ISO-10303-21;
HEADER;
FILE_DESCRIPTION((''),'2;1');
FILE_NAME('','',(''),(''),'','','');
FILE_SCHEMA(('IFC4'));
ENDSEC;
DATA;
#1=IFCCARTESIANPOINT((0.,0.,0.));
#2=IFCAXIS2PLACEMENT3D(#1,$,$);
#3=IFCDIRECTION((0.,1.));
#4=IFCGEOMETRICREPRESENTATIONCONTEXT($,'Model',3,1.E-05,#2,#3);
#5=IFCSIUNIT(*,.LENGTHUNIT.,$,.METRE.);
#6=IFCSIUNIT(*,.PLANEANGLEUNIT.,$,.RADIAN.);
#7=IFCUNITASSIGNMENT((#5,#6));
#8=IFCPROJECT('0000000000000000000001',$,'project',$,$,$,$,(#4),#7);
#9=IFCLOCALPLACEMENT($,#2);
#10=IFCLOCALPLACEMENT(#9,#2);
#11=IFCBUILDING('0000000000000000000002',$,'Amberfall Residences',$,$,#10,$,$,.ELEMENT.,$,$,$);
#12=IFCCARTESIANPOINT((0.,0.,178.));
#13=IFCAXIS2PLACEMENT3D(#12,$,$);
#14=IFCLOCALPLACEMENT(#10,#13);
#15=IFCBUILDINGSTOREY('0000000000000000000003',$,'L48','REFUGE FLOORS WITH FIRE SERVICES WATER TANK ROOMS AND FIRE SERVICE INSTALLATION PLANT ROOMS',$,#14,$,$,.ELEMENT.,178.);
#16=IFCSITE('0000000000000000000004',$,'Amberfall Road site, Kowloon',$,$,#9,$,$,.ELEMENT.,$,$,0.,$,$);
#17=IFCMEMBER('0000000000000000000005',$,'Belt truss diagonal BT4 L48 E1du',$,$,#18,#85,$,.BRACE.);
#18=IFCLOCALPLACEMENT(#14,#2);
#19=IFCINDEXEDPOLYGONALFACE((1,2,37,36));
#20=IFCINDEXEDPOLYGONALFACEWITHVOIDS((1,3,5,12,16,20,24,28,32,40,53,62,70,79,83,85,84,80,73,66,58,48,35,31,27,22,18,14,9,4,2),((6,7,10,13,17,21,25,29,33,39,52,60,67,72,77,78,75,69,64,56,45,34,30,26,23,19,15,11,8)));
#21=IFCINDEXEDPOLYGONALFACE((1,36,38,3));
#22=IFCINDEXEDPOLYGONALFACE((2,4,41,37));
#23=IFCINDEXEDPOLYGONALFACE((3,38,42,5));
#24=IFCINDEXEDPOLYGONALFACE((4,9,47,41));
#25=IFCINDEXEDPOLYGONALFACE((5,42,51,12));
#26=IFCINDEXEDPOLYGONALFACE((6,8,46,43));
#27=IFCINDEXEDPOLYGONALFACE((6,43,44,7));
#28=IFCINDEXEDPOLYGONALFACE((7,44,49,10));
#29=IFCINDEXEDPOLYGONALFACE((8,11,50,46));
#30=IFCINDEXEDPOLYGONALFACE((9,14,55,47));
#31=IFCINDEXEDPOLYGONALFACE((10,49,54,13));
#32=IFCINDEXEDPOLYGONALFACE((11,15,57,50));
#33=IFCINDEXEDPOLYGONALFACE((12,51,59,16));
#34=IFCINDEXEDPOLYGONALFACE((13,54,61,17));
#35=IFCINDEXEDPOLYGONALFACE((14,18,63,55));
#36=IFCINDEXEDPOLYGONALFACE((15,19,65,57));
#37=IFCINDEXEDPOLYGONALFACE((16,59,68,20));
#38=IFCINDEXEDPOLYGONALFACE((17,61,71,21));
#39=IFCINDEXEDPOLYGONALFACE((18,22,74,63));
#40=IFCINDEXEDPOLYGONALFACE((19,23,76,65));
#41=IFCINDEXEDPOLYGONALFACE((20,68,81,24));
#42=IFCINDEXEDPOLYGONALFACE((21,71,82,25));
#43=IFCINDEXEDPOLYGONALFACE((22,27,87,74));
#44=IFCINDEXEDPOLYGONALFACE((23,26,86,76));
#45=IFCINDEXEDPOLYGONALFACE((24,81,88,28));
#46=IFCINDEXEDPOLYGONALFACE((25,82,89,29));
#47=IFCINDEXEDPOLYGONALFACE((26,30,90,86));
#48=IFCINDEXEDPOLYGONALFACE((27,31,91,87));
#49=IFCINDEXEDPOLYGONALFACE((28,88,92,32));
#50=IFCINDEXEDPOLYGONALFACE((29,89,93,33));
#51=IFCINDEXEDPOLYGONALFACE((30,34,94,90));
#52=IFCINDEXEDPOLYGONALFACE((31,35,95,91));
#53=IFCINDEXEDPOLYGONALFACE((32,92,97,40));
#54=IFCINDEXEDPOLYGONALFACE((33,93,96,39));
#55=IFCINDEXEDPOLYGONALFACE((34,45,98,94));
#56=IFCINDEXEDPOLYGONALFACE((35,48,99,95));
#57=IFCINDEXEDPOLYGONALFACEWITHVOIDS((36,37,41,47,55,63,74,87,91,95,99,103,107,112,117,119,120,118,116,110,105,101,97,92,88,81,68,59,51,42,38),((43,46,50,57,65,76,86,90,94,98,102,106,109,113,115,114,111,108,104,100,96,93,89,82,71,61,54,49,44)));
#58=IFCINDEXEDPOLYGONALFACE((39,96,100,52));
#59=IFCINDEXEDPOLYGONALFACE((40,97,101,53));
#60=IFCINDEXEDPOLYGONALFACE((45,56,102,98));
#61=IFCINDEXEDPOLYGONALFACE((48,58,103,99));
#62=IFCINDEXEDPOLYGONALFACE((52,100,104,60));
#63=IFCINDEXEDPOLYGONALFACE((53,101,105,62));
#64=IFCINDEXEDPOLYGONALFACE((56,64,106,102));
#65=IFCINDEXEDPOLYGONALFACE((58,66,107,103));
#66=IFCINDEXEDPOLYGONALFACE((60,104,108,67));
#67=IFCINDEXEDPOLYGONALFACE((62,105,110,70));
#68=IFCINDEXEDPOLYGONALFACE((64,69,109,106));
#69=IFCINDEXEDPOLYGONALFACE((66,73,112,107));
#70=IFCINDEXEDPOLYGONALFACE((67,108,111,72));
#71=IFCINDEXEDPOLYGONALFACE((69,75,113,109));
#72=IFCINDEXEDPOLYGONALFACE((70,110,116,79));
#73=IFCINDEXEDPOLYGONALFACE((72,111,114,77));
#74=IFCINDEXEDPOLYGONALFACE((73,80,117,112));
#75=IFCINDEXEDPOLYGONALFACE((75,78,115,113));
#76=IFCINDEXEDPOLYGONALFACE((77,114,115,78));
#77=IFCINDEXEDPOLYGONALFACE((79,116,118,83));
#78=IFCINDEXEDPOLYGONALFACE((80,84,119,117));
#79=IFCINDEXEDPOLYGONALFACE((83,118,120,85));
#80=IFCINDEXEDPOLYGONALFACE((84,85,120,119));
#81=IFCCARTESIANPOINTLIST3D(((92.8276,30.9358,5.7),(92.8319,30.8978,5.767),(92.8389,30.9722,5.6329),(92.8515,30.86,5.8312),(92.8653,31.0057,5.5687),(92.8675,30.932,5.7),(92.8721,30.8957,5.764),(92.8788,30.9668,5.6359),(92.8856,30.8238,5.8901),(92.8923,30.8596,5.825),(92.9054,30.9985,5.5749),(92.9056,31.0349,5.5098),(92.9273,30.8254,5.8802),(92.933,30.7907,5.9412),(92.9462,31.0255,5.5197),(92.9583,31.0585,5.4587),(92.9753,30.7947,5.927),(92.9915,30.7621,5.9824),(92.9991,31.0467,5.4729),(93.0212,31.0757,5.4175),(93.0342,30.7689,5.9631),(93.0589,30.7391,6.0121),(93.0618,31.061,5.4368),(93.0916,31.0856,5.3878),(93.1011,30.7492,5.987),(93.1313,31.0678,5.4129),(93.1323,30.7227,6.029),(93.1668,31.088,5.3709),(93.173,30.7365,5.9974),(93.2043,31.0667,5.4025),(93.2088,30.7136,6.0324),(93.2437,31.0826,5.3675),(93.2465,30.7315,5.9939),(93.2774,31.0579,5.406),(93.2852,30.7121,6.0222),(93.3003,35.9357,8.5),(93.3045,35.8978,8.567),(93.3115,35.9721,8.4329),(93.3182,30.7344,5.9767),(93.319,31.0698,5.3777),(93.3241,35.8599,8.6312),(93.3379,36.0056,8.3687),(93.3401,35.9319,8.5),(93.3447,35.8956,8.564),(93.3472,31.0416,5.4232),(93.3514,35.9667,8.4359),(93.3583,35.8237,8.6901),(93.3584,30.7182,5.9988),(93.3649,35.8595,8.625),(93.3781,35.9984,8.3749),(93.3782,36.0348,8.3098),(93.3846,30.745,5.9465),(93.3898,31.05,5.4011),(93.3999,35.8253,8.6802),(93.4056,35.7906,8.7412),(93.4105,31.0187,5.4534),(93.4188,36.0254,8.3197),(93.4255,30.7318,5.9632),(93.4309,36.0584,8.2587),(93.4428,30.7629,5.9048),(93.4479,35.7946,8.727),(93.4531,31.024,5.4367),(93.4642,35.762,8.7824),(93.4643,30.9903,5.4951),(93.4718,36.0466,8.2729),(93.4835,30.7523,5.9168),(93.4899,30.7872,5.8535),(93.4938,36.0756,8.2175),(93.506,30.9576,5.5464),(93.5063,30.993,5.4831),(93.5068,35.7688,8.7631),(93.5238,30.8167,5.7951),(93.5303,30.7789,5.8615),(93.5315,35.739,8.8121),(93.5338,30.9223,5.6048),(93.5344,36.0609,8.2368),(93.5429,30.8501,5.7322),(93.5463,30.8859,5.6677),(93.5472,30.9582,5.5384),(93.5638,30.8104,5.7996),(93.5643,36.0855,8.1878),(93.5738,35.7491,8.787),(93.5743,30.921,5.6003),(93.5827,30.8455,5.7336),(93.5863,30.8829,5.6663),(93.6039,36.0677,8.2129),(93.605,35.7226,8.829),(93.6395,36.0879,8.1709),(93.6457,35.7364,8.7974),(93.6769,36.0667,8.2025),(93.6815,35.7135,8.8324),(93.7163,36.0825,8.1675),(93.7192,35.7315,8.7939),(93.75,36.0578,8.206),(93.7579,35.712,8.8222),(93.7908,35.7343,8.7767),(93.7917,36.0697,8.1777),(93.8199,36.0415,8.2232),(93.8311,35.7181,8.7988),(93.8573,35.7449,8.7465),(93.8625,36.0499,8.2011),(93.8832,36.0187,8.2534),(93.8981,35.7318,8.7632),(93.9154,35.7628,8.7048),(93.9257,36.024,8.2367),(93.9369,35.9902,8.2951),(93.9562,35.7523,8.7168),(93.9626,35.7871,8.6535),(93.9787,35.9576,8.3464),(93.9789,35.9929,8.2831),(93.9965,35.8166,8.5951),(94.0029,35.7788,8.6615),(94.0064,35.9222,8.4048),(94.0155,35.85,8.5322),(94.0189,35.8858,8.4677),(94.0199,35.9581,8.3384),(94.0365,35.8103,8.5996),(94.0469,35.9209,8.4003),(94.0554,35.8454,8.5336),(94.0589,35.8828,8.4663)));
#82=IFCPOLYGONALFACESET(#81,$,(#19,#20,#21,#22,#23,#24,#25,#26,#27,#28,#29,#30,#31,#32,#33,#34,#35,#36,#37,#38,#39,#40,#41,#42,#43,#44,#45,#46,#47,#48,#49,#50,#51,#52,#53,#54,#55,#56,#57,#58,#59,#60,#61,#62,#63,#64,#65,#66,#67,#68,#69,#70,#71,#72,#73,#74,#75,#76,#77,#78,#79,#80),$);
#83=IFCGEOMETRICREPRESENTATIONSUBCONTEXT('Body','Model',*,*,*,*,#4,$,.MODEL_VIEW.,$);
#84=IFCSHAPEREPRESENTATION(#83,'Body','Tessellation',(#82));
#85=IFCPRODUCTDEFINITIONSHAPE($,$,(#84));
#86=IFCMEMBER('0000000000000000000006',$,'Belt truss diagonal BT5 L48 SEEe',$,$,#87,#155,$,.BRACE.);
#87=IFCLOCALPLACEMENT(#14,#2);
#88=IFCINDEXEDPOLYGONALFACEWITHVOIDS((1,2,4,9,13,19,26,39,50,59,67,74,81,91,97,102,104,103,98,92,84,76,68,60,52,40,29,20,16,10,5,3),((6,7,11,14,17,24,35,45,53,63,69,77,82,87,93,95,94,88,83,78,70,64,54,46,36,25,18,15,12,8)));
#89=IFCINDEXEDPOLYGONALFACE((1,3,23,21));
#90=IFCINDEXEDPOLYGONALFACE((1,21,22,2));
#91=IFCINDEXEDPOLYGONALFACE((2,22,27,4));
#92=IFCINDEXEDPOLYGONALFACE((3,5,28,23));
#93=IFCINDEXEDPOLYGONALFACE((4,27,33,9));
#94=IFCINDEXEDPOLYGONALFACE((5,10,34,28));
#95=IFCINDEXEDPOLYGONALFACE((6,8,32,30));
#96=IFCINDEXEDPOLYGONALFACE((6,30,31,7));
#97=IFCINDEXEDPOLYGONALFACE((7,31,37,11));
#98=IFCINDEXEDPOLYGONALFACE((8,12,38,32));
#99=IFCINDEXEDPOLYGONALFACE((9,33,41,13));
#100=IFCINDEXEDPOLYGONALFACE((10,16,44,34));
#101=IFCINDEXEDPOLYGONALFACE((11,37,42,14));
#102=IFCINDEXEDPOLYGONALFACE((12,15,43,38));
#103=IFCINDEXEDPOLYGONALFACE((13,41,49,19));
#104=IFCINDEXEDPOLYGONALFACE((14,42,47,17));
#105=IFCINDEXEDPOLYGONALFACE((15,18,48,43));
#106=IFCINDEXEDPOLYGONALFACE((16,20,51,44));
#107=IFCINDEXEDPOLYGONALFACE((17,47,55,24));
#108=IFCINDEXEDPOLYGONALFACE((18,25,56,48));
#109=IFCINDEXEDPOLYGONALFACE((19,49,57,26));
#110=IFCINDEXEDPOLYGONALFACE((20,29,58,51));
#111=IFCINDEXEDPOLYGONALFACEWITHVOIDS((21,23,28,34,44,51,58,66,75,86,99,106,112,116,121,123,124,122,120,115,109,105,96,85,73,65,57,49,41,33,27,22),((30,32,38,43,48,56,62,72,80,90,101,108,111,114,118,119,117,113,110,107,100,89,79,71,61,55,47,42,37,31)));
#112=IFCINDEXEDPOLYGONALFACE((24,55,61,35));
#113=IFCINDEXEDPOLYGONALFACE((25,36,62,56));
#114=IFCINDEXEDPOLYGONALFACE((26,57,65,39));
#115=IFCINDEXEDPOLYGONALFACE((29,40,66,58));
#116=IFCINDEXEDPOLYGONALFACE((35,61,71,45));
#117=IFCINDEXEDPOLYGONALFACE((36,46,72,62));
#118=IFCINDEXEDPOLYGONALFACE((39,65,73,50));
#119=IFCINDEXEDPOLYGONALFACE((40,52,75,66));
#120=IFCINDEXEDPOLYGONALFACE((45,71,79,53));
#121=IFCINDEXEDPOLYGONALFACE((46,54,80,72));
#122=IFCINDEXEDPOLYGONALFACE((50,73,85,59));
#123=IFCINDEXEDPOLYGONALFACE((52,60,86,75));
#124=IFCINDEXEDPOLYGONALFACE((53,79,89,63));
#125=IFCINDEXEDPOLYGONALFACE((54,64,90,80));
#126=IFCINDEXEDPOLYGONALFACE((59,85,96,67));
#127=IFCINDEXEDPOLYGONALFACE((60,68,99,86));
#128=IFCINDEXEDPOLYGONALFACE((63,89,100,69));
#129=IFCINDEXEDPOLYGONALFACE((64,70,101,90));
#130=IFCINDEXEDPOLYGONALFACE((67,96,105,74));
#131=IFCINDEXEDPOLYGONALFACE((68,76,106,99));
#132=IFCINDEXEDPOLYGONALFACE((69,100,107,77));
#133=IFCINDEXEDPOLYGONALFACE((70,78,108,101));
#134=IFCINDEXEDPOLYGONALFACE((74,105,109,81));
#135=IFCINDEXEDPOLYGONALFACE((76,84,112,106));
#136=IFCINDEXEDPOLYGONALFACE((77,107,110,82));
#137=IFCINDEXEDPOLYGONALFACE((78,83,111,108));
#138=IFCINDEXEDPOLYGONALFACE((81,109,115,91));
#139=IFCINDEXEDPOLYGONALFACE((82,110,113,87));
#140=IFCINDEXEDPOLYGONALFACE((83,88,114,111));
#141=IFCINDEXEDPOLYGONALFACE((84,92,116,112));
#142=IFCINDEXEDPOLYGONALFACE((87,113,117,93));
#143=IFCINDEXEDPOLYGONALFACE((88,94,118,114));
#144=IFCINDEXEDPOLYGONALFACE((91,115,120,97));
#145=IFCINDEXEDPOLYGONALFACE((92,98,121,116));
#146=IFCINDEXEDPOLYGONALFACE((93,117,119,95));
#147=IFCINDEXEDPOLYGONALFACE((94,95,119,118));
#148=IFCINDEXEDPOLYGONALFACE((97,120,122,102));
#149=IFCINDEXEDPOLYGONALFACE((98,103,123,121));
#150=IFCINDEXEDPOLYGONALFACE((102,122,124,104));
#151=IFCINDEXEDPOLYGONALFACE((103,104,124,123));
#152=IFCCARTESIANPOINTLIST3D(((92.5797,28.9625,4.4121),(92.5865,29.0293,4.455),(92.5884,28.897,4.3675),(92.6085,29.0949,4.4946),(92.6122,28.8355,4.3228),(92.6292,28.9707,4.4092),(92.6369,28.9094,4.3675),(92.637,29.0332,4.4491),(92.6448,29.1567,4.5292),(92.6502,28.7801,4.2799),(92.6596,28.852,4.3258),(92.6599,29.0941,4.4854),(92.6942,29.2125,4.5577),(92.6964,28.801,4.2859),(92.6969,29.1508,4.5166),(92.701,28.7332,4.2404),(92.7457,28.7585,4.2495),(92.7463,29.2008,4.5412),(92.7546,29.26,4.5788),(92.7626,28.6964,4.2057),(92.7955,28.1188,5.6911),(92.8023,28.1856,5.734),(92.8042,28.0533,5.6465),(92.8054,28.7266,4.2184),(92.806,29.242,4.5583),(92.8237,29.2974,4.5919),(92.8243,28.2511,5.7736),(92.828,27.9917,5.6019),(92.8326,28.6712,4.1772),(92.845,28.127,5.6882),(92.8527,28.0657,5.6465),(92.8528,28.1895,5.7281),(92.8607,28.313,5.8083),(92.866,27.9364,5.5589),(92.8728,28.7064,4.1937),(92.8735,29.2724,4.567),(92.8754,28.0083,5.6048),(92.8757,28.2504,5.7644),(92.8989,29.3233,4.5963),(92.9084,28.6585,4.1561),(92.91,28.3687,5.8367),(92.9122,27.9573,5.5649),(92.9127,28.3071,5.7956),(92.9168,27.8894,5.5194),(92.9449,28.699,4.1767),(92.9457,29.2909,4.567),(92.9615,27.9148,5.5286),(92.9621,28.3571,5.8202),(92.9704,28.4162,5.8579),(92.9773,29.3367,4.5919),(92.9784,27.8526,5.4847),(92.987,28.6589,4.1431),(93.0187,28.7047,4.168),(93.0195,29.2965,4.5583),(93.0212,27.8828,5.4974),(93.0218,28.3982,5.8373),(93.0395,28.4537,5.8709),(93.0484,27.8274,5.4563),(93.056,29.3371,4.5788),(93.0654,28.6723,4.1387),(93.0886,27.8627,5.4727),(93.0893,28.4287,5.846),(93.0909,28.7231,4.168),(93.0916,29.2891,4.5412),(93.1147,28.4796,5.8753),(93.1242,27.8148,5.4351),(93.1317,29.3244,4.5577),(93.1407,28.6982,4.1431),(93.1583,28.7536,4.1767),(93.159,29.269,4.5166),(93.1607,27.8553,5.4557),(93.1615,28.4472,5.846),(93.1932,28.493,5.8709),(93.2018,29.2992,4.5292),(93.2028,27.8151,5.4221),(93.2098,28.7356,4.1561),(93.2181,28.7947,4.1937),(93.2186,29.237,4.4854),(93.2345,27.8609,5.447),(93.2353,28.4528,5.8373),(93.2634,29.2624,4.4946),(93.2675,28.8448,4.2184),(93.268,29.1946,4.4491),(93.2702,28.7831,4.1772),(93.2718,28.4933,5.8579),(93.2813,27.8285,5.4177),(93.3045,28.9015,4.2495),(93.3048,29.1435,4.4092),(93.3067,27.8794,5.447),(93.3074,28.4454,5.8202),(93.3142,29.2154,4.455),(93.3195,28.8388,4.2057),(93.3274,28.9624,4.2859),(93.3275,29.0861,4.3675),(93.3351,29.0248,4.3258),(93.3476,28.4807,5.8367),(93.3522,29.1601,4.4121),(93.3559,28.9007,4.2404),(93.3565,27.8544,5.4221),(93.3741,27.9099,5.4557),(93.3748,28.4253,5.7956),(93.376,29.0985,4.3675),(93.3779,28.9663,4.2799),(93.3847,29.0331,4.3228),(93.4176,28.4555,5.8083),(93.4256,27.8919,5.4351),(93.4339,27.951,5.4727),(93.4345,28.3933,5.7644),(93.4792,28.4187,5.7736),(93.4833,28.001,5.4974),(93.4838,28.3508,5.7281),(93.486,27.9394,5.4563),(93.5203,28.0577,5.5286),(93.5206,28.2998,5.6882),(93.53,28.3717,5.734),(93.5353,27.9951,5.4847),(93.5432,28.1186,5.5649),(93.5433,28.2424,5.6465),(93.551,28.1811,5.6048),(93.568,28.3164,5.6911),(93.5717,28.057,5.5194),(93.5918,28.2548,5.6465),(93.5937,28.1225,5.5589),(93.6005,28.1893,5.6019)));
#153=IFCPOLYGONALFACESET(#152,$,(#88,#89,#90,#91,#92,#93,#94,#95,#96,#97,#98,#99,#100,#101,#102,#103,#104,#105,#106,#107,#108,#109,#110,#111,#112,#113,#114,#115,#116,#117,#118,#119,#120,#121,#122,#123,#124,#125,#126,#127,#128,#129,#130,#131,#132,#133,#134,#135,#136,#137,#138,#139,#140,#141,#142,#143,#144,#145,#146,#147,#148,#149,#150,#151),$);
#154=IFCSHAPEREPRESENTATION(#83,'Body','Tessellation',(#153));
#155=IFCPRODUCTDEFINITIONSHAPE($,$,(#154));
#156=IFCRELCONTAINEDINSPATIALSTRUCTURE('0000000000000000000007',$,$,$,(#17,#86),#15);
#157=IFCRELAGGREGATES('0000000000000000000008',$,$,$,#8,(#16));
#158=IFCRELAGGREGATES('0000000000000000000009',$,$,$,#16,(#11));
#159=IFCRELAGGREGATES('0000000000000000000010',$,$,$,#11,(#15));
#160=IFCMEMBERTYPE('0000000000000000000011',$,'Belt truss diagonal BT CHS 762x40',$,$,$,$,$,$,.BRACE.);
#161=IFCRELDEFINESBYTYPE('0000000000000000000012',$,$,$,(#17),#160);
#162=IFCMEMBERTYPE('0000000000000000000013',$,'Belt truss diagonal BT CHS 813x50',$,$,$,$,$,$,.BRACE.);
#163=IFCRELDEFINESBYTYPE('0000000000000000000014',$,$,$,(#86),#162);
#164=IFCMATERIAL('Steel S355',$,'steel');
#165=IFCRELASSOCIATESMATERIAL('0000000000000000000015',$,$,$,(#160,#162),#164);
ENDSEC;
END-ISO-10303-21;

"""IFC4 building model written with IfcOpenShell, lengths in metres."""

from ifc_helpers import new_model, si_unit, direction, frame, origin, origin_2d, place, context, subcontext, project, spatial, hollow_circle, extrude, material, material_profile, profile_set, type_object, element, save


model = new_model("IFC4")

# Units and contexts
model_context = context("Model", 3, precision=1e-05, world=origin(), true_north=direction((0.0, 1.0)))
body_context = subcontext(model_context, "Body", "Model", "MODEL_VIEW")
ifc_project = project(units=[si_unit("LENGTHUNIT", "METRE"), si_unit("PLANEANGLEUNIT", "RADIAN")], contexts=[model_context])

# Site, building, storey
site_placement = place(None, origin())
site = spatial("IfcSite", under=ifc_project, at=site_placement, Name="Amberfall Road site, Kowloon", CompositionType="ELEMENT", RefElevation=0.0)
building_placement = place(site_placement, origin())
building = spatial("IfcBuilding", under=site, at=building_placement, Name="Amberfall Residences", CompositionType="ELEMENT")
storey_placement = place(building_placement, frame((0.0, 0.0, 178.0)))
storey = spatial("IfcBuildingStorey", under=building, at=storey_placement, Name="L48", Description="REFUGE FLOORS WITH FIRE SERVICES WATER TANK ROOMS AND FIRE SERVICE INSTALLATION PLANT ROOMS", CompositionType="ELEMENT", Elevation=178.0)

# Shared definitions
ifc_material = material(Name="Steel S355", Category="steel")

# Members
ifc_material_profile_1 = material_profile(ifc_material, hollow_circle(Radius=0.3811, WallThickness=0.04, at=origin_2d()), Name="CHS 762x40")
ifc_profile_set_1 = profile_set([ifc_material_profile_1], Name="Steel S355")
member_type_1 = type_object("IfcMemberType", Name="Belt truss diagonal BT CHS 762x40", PredefinedType="BRACE", material=ifc_profile_set_1)
member_1_placement = place(storey_placement, frame((93.207, 30.8999, 5.7), z_axis=(0.0822, 0.86955, 0.486956), x_axis=(-0.995562, 0.094112, 0.0)))
element("IfcMember", 1, at=member_1_placement, inside=storey, type_object=member_type_1, Name="Belt truss diagonal BT4 L48 E1du", PredefinedType="BRACE", context=body_context, shape_type="SweptSolid", body=[
    extrude(hollow_circle(Radius=0.3811, WallThickness=0.04, at=origin_2d()), origin(), (0.0, 0.0, 1.0), 5.75),
])
ifc_material_profile_2 = material_profile(ifc_material, hollow_circle(Radius=0.4065, WallThickness=0.05, at=origin_2d()), Name="CHS 813x50")
ifc_profile_set_2 = profile_set([ifc_material_profile_2], Name="Steel S355")
member_type_2 = type_object("IfcMemberType", Name="Belt truss diagonal BT CHS 813x50", PredefinedType="BRACE", material=ifc_profile_set_2)
member_2_placement = place(storey_placement, frame((93.198, 28.1541, 5.6465), z_axis=(-0.139472, 0.545267, -0.826578), x_axis=(-0.968809, -0.247809, 0.0)))
element("IfcMember", 2, at=member_2_placement, inside=storey, type_object=member_type_2, Name="Belt truss diagonal BT5 L48 SEEe", PredefinedType="BRACE", context=body_context, shape_type="SweptSolid", body=[
    extrude(hollow_circle(Radius=0.4065, WallThickness=0.05, at=origin_2d()), origin(), (0.0, 0.0, 1.0), 1.5474),
])

save(model, "model.ifc")
